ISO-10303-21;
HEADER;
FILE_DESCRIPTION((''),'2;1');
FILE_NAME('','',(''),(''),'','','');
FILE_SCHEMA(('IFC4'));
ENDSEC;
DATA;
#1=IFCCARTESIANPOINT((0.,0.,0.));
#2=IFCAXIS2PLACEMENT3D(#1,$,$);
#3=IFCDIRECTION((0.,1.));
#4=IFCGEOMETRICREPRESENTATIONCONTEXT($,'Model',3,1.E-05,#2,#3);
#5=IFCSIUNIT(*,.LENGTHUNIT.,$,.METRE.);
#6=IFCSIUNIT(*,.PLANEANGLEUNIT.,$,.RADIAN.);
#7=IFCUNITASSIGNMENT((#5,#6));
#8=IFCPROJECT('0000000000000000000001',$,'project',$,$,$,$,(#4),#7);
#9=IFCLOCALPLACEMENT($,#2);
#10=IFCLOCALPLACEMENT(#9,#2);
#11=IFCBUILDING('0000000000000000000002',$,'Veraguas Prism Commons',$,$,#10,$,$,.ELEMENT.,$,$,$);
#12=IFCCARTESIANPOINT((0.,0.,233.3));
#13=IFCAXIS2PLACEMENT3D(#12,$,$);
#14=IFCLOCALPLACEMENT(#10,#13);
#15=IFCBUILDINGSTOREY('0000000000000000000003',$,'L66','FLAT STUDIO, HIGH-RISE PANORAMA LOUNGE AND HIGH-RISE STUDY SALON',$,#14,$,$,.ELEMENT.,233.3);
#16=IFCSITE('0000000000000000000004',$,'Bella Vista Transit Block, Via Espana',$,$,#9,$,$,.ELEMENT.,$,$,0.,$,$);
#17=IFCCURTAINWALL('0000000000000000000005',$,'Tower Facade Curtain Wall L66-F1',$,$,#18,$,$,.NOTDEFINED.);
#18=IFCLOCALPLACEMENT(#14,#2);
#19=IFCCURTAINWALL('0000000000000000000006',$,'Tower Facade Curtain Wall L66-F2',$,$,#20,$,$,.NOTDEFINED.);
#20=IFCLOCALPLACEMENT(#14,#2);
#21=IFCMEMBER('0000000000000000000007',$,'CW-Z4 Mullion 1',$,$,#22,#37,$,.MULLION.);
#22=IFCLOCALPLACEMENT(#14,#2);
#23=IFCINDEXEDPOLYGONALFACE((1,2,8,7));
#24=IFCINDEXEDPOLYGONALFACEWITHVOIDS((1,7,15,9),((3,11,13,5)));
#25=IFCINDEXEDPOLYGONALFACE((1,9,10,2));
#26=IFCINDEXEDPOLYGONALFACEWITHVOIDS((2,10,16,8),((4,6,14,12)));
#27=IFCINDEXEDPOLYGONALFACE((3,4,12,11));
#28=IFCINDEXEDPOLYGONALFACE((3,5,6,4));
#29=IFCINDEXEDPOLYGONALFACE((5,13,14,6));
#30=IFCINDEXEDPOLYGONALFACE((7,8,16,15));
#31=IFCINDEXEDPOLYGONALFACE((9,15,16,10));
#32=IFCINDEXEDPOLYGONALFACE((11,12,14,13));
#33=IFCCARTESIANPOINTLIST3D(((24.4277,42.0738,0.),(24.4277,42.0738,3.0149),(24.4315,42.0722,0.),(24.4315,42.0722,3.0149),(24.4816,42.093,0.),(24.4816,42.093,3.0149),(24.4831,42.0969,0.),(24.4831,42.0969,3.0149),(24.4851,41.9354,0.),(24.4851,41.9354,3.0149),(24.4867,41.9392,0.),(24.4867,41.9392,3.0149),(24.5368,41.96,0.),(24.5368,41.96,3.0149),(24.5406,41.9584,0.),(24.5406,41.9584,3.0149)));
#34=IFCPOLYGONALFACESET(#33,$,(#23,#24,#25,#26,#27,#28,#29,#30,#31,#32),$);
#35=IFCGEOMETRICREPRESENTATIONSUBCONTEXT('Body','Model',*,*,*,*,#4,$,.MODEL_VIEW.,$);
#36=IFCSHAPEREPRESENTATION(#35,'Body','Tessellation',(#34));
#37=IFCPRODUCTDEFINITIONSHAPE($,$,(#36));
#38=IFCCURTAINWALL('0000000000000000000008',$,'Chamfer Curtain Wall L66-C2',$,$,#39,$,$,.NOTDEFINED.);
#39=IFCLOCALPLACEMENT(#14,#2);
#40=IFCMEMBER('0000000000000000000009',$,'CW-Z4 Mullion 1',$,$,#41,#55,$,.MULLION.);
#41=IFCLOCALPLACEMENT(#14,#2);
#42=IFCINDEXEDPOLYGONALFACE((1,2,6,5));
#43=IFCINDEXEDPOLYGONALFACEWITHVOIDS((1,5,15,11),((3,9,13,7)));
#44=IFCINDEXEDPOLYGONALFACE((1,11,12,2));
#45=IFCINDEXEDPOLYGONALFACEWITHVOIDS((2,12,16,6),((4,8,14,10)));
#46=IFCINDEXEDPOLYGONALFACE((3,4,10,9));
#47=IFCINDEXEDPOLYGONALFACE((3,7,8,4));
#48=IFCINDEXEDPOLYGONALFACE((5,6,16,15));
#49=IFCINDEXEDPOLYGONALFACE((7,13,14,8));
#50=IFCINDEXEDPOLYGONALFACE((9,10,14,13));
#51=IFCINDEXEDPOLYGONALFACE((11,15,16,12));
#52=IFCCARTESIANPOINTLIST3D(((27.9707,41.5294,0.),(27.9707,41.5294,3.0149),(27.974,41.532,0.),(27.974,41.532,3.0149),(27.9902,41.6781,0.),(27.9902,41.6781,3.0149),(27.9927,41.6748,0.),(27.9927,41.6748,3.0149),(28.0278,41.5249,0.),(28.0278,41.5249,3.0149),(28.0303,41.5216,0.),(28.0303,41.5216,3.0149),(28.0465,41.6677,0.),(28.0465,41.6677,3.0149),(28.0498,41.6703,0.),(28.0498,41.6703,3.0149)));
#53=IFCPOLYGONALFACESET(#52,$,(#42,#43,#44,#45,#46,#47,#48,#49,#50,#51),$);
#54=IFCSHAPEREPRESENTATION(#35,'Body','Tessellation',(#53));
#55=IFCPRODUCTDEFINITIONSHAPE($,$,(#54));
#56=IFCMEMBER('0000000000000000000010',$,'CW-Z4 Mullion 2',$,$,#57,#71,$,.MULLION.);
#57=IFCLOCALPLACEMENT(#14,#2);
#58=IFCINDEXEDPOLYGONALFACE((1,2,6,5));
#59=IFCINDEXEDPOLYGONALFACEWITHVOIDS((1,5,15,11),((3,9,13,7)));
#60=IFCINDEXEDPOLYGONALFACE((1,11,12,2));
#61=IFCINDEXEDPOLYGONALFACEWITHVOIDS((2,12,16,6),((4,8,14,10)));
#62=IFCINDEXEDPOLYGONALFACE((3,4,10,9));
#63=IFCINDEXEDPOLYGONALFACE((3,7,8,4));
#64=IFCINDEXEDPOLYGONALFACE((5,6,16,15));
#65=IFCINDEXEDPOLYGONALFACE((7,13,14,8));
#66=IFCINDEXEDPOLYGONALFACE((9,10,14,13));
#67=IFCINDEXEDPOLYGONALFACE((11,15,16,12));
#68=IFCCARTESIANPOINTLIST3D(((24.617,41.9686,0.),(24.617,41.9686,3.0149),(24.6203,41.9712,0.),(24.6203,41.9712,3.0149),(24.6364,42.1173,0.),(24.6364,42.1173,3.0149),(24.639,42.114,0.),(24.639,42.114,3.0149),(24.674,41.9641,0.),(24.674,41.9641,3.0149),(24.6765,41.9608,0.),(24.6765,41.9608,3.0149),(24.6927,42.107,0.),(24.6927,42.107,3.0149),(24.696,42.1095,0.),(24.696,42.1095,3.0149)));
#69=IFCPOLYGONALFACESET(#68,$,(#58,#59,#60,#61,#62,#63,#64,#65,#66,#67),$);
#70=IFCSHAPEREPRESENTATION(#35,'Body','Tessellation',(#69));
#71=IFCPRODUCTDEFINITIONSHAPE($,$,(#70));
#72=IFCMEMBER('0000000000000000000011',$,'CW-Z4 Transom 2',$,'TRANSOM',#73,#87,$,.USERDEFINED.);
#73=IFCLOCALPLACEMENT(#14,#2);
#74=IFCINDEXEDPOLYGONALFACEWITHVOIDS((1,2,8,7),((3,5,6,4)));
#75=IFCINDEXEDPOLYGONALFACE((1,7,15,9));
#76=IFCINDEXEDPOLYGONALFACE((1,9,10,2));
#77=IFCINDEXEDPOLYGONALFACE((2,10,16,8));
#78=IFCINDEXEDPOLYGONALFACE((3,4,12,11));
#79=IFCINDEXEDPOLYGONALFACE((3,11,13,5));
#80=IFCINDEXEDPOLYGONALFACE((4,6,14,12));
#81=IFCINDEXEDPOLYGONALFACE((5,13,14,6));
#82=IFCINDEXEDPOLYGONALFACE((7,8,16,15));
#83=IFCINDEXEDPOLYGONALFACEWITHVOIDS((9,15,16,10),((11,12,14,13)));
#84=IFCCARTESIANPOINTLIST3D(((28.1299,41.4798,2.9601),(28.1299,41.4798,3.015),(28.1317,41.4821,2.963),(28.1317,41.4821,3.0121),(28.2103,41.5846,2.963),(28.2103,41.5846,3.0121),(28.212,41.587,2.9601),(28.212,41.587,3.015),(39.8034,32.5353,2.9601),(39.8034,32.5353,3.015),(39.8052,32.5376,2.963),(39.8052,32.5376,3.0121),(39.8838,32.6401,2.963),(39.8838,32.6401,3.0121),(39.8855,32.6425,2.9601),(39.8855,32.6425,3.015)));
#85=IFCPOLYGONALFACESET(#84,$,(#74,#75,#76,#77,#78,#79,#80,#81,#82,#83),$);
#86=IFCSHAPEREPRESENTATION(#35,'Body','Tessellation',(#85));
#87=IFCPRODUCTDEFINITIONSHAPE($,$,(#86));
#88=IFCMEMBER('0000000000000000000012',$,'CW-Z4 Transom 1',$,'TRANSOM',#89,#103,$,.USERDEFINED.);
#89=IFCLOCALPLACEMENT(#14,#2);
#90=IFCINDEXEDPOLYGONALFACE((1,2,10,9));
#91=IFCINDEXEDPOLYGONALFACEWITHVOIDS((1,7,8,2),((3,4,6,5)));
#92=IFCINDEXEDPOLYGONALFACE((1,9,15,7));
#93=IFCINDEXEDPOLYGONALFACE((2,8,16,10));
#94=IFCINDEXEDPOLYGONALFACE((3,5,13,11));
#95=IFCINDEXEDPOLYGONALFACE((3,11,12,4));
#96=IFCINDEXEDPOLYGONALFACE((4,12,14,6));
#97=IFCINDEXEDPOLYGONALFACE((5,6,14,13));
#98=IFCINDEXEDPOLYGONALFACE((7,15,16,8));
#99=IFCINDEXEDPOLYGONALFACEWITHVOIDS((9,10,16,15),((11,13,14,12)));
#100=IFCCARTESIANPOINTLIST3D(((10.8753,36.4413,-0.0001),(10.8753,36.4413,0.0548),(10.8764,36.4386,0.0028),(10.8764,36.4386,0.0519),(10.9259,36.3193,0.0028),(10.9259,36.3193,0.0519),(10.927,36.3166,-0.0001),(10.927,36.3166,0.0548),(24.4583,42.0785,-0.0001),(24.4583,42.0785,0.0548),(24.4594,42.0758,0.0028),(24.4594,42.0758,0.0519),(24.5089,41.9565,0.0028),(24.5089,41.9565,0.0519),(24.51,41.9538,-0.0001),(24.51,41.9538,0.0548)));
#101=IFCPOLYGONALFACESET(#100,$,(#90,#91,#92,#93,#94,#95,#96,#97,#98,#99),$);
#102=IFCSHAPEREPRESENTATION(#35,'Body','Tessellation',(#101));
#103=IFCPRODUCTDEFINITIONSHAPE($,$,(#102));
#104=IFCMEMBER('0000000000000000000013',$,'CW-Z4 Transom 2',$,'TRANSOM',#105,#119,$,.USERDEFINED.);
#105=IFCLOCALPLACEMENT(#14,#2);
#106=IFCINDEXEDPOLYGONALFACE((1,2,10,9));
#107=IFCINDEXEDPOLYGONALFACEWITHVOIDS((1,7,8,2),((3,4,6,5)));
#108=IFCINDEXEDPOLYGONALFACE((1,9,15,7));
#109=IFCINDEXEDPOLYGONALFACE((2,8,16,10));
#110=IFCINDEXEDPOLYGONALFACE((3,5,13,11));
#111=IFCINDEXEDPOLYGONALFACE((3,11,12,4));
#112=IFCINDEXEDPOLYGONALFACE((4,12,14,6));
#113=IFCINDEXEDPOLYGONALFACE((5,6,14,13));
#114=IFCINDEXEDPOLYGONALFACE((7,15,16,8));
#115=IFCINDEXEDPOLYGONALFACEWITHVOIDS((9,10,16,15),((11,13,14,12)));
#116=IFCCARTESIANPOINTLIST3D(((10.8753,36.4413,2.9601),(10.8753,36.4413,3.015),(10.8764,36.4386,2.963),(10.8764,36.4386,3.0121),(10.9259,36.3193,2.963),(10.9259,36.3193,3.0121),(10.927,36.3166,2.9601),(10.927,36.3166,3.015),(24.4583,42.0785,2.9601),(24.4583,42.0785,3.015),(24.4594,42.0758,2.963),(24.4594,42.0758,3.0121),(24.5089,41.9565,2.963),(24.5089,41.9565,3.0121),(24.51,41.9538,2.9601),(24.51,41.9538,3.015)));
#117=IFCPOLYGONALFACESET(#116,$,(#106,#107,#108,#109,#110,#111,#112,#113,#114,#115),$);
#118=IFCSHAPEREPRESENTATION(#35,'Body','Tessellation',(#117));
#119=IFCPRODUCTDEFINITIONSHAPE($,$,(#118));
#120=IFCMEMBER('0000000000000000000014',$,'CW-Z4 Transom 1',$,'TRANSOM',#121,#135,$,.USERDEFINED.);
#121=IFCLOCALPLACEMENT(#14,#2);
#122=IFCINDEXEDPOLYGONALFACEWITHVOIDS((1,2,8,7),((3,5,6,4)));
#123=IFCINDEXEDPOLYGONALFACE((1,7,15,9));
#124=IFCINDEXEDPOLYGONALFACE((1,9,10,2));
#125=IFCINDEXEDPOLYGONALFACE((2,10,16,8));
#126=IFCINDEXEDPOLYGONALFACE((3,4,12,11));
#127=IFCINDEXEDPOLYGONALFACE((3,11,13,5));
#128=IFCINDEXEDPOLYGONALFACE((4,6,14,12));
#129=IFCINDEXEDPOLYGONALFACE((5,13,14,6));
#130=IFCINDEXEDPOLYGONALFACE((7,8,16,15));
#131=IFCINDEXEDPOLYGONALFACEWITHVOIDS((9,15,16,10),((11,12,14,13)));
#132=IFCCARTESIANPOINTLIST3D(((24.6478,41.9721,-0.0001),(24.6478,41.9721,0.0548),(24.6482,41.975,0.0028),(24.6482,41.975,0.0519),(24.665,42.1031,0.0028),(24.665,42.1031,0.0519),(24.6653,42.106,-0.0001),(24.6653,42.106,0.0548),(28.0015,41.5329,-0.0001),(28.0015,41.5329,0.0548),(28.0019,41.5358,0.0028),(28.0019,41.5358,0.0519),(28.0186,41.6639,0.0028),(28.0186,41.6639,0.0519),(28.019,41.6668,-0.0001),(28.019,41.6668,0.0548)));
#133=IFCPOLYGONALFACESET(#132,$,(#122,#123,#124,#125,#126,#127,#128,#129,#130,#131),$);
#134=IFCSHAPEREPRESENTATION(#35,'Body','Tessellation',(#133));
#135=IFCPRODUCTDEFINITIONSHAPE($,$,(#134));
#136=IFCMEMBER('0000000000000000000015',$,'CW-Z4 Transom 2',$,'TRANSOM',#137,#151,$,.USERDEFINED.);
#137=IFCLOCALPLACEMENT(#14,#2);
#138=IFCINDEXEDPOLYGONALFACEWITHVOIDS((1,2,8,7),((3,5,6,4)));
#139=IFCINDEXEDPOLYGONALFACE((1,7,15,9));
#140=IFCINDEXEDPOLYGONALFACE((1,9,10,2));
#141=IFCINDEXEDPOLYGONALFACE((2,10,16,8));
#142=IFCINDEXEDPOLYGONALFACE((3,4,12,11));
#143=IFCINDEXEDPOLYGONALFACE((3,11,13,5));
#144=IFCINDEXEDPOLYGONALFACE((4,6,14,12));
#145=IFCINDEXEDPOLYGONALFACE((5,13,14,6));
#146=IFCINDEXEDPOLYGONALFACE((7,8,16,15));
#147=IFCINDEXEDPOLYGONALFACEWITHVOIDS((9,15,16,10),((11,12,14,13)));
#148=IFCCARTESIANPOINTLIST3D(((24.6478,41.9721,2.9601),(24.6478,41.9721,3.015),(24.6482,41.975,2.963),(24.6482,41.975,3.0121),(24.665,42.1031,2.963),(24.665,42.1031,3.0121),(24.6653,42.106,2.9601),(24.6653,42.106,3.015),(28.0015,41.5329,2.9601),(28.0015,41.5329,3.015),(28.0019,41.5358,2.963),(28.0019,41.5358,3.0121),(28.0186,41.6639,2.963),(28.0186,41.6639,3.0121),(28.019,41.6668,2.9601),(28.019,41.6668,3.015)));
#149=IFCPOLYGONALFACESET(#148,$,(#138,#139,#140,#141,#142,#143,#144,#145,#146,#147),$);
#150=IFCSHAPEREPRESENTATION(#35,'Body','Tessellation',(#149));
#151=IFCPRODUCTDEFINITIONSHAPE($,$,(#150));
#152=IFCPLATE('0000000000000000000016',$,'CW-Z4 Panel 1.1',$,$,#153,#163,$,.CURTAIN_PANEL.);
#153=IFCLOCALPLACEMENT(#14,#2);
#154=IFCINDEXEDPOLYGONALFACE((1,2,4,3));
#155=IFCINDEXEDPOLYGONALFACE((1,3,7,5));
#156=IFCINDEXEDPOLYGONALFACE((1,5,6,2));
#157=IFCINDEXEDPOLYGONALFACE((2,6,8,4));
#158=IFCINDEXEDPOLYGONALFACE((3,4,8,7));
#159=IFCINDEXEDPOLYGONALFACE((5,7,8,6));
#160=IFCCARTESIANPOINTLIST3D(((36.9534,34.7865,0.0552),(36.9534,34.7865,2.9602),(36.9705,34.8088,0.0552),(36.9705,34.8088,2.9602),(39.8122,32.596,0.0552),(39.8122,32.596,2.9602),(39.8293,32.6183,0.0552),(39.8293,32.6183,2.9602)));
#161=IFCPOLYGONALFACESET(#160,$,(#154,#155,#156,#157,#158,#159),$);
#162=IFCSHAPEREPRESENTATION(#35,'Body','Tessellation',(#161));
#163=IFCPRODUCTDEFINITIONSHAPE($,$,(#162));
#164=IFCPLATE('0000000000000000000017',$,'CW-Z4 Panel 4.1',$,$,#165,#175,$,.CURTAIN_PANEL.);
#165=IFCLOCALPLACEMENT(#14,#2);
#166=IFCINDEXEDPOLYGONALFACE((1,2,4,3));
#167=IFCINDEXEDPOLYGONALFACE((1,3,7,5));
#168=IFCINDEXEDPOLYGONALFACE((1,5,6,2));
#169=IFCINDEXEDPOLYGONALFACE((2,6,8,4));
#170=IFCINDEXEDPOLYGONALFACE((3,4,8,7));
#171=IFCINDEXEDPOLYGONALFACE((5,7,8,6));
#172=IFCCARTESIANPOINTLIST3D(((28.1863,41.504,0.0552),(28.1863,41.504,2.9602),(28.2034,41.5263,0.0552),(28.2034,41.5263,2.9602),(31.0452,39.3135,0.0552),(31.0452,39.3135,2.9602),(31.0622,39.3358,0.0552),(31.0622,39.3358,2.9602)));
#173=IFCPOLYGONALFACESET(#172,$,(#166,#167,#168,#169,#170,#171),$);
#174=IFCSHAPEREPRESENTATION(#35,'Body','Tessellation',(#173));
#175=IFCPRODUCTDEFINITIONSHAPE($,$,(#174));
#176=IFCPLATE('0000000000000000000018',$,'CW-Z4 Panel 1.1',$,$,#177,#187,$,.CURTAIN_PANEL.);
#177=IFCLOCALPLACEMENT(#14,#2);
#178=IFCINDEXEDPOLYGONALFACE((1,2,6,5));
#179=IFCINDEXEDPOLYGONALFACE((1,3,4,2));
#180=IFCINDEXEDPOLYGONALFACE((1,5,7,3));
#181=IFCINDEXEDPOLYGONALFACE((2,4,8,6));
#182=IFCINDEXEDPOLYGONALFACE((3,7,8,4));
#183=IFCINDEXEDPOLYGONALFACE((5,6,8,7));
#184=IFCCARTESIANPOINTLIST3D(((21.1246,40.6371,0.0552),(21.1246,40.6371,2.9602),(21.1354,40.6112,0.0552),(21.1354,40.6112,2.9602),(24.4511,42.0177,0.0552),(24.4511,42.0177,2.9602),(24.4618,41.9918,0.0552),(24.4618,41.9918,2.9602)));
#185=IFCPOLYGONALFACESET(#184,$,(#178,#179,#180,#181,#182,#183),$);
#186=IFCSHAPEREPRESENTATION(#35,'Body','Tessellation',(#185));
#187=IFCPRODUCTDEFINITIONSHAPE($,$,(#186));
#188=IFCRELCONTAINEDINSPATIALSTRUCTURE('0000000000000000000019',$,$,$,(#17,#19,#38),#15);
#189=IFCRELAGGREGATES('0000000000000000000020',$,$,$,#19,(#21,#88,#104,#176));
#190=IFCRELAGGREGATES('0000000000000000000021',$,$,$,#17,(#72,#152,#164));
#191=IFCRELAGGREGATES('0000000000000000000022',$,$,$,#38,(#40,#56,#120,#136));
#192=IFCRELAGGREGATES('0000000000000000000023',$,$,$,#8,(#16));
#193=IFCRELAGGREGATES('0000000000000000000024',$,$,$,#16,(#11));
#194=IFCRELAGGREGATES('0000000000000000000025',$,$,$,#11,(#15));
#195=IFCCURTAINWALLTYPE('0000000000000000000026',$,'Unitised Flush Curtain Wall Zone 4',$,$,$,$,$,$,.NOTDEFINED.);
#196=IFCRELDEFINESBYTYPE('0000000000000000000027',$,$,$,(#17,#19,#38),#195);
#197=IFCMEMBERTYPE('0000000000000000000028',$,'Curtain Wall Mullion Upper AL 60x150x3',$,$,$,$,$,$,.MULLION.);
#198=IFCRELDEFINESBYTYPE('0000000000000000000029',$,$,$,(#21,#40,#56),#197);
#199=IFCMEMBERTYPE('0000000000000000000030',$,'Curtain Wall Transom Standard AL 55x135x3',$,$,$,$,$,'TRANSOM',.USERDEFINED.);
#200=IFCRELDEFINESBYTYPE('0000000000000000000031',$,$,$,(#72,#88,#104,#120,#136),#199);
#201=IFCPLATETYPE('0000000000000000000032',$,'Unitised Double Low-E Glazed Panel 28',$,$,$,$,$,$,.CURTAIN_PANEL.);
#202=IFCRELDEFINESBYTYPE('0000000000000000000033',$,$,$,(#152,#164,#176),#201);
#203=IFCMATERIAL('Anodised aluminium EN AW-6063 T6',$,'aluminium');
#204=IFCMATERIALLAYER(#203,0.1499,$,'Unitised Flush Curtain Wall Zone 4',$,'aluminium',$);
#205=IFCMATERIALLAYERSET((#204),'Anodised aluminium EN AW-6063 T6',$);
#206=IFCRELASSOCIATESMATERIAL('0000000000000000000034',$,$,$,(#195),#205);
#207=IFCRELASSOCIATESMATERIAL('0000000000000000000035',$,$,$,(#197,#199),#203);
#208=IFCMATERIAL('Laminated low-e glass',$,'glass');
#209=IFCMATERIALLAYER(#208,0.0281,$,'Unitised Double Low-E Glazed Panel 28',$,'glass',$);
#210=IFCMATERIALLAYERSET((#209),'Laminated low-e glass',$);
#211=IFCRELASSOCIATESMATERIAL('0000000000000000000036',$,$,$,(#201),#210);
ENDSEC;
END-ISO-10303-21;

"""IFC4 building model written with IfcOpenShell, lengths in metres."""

from ifc_helpers import new_model, si_unit, direction, frame, origin, origin_2d, place, context, subcontext, project, spatial, rectangle, hollow_rectangle, extrude, source, transform, mapped, material, layer, layer_set, material_profile, profile_set, type_object, element, aggregate, save


model = new_model("IFC4")

# Units and contexts
model_context = context("Model", 3, precision=1e-05, world=origin(), true_north=direction((0.0, 1.0)))
body_context = subcontext(model_context, "Body", "Model", "MODEL_VIEW")
ifc_project = project(units=[si_unit("LENGTHUNIT", "METRE"), si_unit("PLANEANGLEUNIT", "RADIAN")], contexts=[model_context])

# Site, building, storey
site_placement = place(None, origin())
site = spatial("IfcSite", under=ifc_project, at=site_placement, Name="Bella Vista Transit Block, Via Espana", CompositionType="ELEMENT", RefElevation=0.0)
building_placement = place(site_placement, origin())
building = spatial("IfcBuilding", under=site, at=building_placement, Name="Veraguas Prism Commons", CompositionType="ELEMENT")
storey_placement = place(building_placement, frame((0.0, 0.0, 233.3)))
storey = spatial("IfcBuildingStorey", under=building, at=storey_placement, Name="L66", Description="FLAT STUDIO, HIGH-RISE PANORAMA LOUNGE AND HIGH-RISE STUDY SALON", CompositionType="ELEMENT", Elevation=233.3)

# Curtain wall
ifc_material_1 = material(Name="Anodised aluminium EN AW-6063 T6", Category="aluminium")
ifc_layer_1 = layer(ifc_material_1, 0.1499, Name="Unitised Flush Curtain Wall Zone 4", Category="aluminium")
ifc_layer_set_1 = layer_set([ifc_layer_1], Name="Anodised aluminium EN AW-6063 T6")
curtain_wall_type = type_object("IfcCurtainWallType", Name="Unitised Flush Curtain Wall Zone 4", PredefinedType="NOTDEFINED", material=ifc_layer_set_1)
curtain_wall_1_placement = place(storey_placement, origin())
curtain_wall_1 = element("IfcCurtainWall", 1, at=curtain_wall_1_placement, inside=storey, type_object=curtain_wall_type, Name="Tower Facade Curtain Wall L66-F1", PredefinedType="NOTDEFINED")
ifc_material_profile_1 = material_profile(ifc_material_1, hollow_rectangle(XDim=0.0601, YDim=0.1499, WallThickness=0.0029, at=origin_2d()), Name="AL60X150X3")
ifc_profile_set_1 = profile_set([ifc_material_profile_1], Name="Anodised aluminium EN AW-6063 T6")
member_type_1 = type_object("IfcMemberType", Name="Curtain Wall Mullion Upper AL 60x150x3", PredefinedType="MULLION", material=ifc_profile_set_1)
shared_shape_1 = source(origin(), body_context, "Body", "SweptSolid", [
    extrude(hollow_rectangle(XDim=0.0601, YDim=0.1499, WallThickness=0.0029, at=origin_2d()), origin(), (0.0, 0.0, 1.0), 3.0149),
])

# Curtain wall, member
curtain_wall_2_placement = place(storey_placement, origin())
curtain_wall_2 = element("IfcCurtainWall", 2, at=curtain_wall_2_placement, inside=storey, type_object=curtain_wall_type, Name="Tower Facade Curtain Wall L66-F2", PredefinedType="NOTDEFINED")
member_1_placement = place(storey_placement, frame((24.4841, 42.0161, 0.0), z_axis=(0.0, 0.0, 1.0), x_axis=(-0.923615, -0.383322, 0.0)))
member_1 = element("IfcMember", 3, at=member_1_placement, type_object=member_type_1, Name="CW-Z4 Mullion 1", PredefinedType="MULLION", context=body_context, shape_type="MappedRepresentation", body=[
    mapped(shared_shape_1, transform((0.0, 0.0, 0.0), scale=1.0)),
])

# Curtain wall, members
curtain_wall_3_placement = place(storey_placement, origin())
curtain_wall_3 = element("IfcCurtainWall", 4, at=curtain_wall_3_placement, inside=storey, type_object=curtain_wall_type, Name="Chamfer Curtain Wall L66-C2", PredefinedType="NOTDEFINED")
member_2_placement = place(storey_placement, frame((28.0103, 41.5999, 0.0), z_axis=(0.0, 0.0, 1.0), x_axis=(-0.991538, 0.12982, 0.0)))
member_2 = element("IfcMember", 5, at=member_2_placement, type_object=member_type_1, Name="CW-Z4 Mullion 1", PredefinedType="MULLION", context=body_context, shape_type="MappedRepresentation", body=[
    mapped(shared_shape_1, transform((0.0, 0.0, 0.0), scale=1.0)),
])
member_3_placement = place(storey_placement, frame((24.6565, 42.0391, 0.0), z_axis=(0.0, 0.0, 1.0), x_axis=(-0.991538, 0.12982, 0.0)))
member_3 = element("IfcMember", 6, at=member_3_placement, type_object=member_type_1, Name="CW-Z4 Mullion 2", PredefinedType="MULLION", context=body_context, shape_type="MappedRepresentation", body=[
    mapped(shared_shape_1, transform((0.0, 0.0, 0.0), scale=1.0)),
])

# Members
ifc_material_profile_2 = material_profile(ifc_material_1, hollow_rectangle(XDim=0.0549, YDim=0.135, WallThickness=0.0029, at=origin_2d()), Name="AL55X135X3")
ifc_profile_set_2 = profile_set([ifc_material_profile_2], Name="Anodised aluminium EN AW-6063 T6")
member_type_2 = type_object("IfcMemberType", Name="Curtain Wall Transom Standard AL 55x135x3", ElementType="TRANSOM", PredefinedType="USERDEFINED", material=ifc_profile_set_2)
shared_shape_2 = source(origin(), body_context, "Body", "SweptSolid", [
    extrude(hollow_rectangle(XDim=0.0549, YDim=0.135, WallThickness=0.0029, at=origin_2d()), origin(), (0.0, 0.0, 1.0), 14.7063),
])
member_4_placement = place(storey_placement, frame((39.8445, 32.5889, 2.9875), z_axis=(-0.793776, 0.60821, 0.0), x_axis=(0.0, 0.0, 1.0)))
member_4 = element("IfcMember", 7, at=member_4_placement, type_object=member_type_2, Name="CW-Z4 Transom 2", ObjectType="TRANSOM", PredefinedType="USERDEFINED", context=body_context, shape_type="MappedRepresentation", body=[
    mapped(shared_shape_2, transform((0.0, 0.0, 0.0), scale=1.0)),
])
member_5_placement = place(storey_placement, frame((24.4841, 42.0161, 0.0273), z_axis=(-0.923616, -0.383318, 0.0), x_axis=(0.0, 0.0, 1.0)))
member_5 = element("IfcMember", 8, at=member_5_placement, type_object=member_type_2, Name="CW-Z4 Transom 1", ObjectType="TRANSOM", PredefinedType="USERDEFINED", context=body_context, shape_type="MappedRepresentation", body=[
    mapped(shared_shape_2, transform((0.0, 0.0, 0.0), scale=1.0)),
])
member_6_placement = place(storey_placement, frame((24.4841, 42.0161, 2.9875), z_axis=(-0.923616, -0.383318, 0.0), x_axis=(0.0, 0.0, 1.0)))
member_6 = element("IfcMember", 9, at=member_6_placement, type_object=member_type_2, Name="CW-Z4 Transom 2", ObjectType="TRANSOM", PredefinedType="USERDEFINED", context=body_context, shape_type="MappedRepresentation", body=[
    mapped(shared_shape_2, transform((0.0, 0.0, 0.0), scale=1.0)),
])
shared_shape_3 = source(origin(), body_context, "Body", "SweptSolid", [
    extrude(hollow_rectangle(XDim=0.0549, YDim=0.135, WallThickness=0.0029, at=origin_2d()), origin(), (0.0, 0.0, 1.0), 3.3823),
])
member_7_placement = place(storey_placement, frame((28.0103, 41.5999, 0.0273), z_axis=(-0.991533, 0.129851, 0.0), x_axis=(0.0, 0.0, 1.0)))
member_7 = element("IfcMember", 10, at=member_7_placement, type_object=member_type_2, Name="CW-Z4 Transom 1", ObjectType="TRANSOM", PredefinedType="USERDEFINED", context=body_context, shape_type="MappedRepresentation", body=[
    mapped(shared_shape_3, transform((0.0, 0.0, 0.0), scale=1.0)),
])
member_8_placement = place(storey_placement, frame((28.0103, 41.5999, 2.9875), z_axis=(-0.991533, 0.129851, 0.0), x_axis=(0.0, 0.0, 1.0)))
member_8 = element("IfcMember", 11, at=member_8_placement, type_object=member_type_2, Name="CW-Z4 Transom 2", ObjectType="TRANSOM", PredefinedType="USERDEFINED", context=body_context, shape_type="MappedRepresentation", body=[
    mapped(shared_shape_3, transform((0.0, 0.0, 0.0), scale=1.0)),
])

# Plates
ifc_material_2 = material(Name="Laminated low-e glass", Category="glass")
ifc_layer_2 = layer(ifc_material_2, 0.0281, Name="Unitised Double Low-E Glazed Panel 28", Category="glass")
ifc_layer_set_2 = layer_set([ifc_layer_2], Name="Laminated low-e glass")
plate_type = type_object("IfcPlateType", Name="Unitised Double Low-E Glazed Panel 28", PredefinedType="CURTAIN_PANEL", material=ifc_layer_set_2)
shared_shape_4 = source(origin(), body_context, "Body", "SweptSolid", [
    extrude(rectangle(XDim=3.6016, YDim=0.0281, at=origin_2d()), origin(), (0.0, 0.0, 1.0), 2.905),
])
plate_1_placement = place(storey_placement, frame((38.3914, 33.7024, 0.0552), z_axis=(0.0, 0.0, 1.0), x_axis=(-0.79378, 0.608205, 0.0)))
plate_1 = element("IfcPlate", 12, at=plate_1_placement, type_object=plate_type, Name="CW-Z4 Panel 1.1", PredefinedType="CURTAIN_PANEL", context=body_context, shape_type="MappedRepresentation", body=[
    mapped(shared_shape_4, transform((0.0, 0.0, 0.0), scale=1.0)),
])
plate_2_placement = place(storey_placement, frame((29.6243, 40.4199, 0.0552), z_axis=(0.0, 0.0, 1.0), x_axis=(-0.79378, 0.608205, 0.0)))
plate_2 = element("IfcPlate", 13, at=plate_2_placement, type_object=plate_type, Name="CW-Z4 Panel 4.1", PredefinedType="CURTAIN_PANEL", context=body_context, shape_type="MappedRepresentation", body=[
    mapped(shared_shape_4, transform((0.0, 0.0, 0.0), scale=1.0)),
])
plate_3_placement = place(storey_placement, frame((22.7932, 41.3145, 0.0552), z_axis=(0.0, 0.0, 1.0), x_axis=(-0.923615, -0.383322, 0.0)))
plate_3 = element("IfcPlate", 14, at=plate_3_placement, type_object=plate_type, Name="CW-Z4 Panel 1.1", PredefinedType="CURTAIN_PANEL", context=body_context, shape_type="MappedRepresentation", body=[
    mapped(shared_shape_4, transform((0.0, 0.0, 0.0), scale=1.0)),
])
aggregate(curtain_wall_2, [member_1, member_5, member_6, plate_3])
aggregate(curtain_wall_1, [member_4, plate_1, plate_2])
aggregate(curtain_wall_3, [member_2, member_3, member_7, member_8])

save(model, "model.ifc")
